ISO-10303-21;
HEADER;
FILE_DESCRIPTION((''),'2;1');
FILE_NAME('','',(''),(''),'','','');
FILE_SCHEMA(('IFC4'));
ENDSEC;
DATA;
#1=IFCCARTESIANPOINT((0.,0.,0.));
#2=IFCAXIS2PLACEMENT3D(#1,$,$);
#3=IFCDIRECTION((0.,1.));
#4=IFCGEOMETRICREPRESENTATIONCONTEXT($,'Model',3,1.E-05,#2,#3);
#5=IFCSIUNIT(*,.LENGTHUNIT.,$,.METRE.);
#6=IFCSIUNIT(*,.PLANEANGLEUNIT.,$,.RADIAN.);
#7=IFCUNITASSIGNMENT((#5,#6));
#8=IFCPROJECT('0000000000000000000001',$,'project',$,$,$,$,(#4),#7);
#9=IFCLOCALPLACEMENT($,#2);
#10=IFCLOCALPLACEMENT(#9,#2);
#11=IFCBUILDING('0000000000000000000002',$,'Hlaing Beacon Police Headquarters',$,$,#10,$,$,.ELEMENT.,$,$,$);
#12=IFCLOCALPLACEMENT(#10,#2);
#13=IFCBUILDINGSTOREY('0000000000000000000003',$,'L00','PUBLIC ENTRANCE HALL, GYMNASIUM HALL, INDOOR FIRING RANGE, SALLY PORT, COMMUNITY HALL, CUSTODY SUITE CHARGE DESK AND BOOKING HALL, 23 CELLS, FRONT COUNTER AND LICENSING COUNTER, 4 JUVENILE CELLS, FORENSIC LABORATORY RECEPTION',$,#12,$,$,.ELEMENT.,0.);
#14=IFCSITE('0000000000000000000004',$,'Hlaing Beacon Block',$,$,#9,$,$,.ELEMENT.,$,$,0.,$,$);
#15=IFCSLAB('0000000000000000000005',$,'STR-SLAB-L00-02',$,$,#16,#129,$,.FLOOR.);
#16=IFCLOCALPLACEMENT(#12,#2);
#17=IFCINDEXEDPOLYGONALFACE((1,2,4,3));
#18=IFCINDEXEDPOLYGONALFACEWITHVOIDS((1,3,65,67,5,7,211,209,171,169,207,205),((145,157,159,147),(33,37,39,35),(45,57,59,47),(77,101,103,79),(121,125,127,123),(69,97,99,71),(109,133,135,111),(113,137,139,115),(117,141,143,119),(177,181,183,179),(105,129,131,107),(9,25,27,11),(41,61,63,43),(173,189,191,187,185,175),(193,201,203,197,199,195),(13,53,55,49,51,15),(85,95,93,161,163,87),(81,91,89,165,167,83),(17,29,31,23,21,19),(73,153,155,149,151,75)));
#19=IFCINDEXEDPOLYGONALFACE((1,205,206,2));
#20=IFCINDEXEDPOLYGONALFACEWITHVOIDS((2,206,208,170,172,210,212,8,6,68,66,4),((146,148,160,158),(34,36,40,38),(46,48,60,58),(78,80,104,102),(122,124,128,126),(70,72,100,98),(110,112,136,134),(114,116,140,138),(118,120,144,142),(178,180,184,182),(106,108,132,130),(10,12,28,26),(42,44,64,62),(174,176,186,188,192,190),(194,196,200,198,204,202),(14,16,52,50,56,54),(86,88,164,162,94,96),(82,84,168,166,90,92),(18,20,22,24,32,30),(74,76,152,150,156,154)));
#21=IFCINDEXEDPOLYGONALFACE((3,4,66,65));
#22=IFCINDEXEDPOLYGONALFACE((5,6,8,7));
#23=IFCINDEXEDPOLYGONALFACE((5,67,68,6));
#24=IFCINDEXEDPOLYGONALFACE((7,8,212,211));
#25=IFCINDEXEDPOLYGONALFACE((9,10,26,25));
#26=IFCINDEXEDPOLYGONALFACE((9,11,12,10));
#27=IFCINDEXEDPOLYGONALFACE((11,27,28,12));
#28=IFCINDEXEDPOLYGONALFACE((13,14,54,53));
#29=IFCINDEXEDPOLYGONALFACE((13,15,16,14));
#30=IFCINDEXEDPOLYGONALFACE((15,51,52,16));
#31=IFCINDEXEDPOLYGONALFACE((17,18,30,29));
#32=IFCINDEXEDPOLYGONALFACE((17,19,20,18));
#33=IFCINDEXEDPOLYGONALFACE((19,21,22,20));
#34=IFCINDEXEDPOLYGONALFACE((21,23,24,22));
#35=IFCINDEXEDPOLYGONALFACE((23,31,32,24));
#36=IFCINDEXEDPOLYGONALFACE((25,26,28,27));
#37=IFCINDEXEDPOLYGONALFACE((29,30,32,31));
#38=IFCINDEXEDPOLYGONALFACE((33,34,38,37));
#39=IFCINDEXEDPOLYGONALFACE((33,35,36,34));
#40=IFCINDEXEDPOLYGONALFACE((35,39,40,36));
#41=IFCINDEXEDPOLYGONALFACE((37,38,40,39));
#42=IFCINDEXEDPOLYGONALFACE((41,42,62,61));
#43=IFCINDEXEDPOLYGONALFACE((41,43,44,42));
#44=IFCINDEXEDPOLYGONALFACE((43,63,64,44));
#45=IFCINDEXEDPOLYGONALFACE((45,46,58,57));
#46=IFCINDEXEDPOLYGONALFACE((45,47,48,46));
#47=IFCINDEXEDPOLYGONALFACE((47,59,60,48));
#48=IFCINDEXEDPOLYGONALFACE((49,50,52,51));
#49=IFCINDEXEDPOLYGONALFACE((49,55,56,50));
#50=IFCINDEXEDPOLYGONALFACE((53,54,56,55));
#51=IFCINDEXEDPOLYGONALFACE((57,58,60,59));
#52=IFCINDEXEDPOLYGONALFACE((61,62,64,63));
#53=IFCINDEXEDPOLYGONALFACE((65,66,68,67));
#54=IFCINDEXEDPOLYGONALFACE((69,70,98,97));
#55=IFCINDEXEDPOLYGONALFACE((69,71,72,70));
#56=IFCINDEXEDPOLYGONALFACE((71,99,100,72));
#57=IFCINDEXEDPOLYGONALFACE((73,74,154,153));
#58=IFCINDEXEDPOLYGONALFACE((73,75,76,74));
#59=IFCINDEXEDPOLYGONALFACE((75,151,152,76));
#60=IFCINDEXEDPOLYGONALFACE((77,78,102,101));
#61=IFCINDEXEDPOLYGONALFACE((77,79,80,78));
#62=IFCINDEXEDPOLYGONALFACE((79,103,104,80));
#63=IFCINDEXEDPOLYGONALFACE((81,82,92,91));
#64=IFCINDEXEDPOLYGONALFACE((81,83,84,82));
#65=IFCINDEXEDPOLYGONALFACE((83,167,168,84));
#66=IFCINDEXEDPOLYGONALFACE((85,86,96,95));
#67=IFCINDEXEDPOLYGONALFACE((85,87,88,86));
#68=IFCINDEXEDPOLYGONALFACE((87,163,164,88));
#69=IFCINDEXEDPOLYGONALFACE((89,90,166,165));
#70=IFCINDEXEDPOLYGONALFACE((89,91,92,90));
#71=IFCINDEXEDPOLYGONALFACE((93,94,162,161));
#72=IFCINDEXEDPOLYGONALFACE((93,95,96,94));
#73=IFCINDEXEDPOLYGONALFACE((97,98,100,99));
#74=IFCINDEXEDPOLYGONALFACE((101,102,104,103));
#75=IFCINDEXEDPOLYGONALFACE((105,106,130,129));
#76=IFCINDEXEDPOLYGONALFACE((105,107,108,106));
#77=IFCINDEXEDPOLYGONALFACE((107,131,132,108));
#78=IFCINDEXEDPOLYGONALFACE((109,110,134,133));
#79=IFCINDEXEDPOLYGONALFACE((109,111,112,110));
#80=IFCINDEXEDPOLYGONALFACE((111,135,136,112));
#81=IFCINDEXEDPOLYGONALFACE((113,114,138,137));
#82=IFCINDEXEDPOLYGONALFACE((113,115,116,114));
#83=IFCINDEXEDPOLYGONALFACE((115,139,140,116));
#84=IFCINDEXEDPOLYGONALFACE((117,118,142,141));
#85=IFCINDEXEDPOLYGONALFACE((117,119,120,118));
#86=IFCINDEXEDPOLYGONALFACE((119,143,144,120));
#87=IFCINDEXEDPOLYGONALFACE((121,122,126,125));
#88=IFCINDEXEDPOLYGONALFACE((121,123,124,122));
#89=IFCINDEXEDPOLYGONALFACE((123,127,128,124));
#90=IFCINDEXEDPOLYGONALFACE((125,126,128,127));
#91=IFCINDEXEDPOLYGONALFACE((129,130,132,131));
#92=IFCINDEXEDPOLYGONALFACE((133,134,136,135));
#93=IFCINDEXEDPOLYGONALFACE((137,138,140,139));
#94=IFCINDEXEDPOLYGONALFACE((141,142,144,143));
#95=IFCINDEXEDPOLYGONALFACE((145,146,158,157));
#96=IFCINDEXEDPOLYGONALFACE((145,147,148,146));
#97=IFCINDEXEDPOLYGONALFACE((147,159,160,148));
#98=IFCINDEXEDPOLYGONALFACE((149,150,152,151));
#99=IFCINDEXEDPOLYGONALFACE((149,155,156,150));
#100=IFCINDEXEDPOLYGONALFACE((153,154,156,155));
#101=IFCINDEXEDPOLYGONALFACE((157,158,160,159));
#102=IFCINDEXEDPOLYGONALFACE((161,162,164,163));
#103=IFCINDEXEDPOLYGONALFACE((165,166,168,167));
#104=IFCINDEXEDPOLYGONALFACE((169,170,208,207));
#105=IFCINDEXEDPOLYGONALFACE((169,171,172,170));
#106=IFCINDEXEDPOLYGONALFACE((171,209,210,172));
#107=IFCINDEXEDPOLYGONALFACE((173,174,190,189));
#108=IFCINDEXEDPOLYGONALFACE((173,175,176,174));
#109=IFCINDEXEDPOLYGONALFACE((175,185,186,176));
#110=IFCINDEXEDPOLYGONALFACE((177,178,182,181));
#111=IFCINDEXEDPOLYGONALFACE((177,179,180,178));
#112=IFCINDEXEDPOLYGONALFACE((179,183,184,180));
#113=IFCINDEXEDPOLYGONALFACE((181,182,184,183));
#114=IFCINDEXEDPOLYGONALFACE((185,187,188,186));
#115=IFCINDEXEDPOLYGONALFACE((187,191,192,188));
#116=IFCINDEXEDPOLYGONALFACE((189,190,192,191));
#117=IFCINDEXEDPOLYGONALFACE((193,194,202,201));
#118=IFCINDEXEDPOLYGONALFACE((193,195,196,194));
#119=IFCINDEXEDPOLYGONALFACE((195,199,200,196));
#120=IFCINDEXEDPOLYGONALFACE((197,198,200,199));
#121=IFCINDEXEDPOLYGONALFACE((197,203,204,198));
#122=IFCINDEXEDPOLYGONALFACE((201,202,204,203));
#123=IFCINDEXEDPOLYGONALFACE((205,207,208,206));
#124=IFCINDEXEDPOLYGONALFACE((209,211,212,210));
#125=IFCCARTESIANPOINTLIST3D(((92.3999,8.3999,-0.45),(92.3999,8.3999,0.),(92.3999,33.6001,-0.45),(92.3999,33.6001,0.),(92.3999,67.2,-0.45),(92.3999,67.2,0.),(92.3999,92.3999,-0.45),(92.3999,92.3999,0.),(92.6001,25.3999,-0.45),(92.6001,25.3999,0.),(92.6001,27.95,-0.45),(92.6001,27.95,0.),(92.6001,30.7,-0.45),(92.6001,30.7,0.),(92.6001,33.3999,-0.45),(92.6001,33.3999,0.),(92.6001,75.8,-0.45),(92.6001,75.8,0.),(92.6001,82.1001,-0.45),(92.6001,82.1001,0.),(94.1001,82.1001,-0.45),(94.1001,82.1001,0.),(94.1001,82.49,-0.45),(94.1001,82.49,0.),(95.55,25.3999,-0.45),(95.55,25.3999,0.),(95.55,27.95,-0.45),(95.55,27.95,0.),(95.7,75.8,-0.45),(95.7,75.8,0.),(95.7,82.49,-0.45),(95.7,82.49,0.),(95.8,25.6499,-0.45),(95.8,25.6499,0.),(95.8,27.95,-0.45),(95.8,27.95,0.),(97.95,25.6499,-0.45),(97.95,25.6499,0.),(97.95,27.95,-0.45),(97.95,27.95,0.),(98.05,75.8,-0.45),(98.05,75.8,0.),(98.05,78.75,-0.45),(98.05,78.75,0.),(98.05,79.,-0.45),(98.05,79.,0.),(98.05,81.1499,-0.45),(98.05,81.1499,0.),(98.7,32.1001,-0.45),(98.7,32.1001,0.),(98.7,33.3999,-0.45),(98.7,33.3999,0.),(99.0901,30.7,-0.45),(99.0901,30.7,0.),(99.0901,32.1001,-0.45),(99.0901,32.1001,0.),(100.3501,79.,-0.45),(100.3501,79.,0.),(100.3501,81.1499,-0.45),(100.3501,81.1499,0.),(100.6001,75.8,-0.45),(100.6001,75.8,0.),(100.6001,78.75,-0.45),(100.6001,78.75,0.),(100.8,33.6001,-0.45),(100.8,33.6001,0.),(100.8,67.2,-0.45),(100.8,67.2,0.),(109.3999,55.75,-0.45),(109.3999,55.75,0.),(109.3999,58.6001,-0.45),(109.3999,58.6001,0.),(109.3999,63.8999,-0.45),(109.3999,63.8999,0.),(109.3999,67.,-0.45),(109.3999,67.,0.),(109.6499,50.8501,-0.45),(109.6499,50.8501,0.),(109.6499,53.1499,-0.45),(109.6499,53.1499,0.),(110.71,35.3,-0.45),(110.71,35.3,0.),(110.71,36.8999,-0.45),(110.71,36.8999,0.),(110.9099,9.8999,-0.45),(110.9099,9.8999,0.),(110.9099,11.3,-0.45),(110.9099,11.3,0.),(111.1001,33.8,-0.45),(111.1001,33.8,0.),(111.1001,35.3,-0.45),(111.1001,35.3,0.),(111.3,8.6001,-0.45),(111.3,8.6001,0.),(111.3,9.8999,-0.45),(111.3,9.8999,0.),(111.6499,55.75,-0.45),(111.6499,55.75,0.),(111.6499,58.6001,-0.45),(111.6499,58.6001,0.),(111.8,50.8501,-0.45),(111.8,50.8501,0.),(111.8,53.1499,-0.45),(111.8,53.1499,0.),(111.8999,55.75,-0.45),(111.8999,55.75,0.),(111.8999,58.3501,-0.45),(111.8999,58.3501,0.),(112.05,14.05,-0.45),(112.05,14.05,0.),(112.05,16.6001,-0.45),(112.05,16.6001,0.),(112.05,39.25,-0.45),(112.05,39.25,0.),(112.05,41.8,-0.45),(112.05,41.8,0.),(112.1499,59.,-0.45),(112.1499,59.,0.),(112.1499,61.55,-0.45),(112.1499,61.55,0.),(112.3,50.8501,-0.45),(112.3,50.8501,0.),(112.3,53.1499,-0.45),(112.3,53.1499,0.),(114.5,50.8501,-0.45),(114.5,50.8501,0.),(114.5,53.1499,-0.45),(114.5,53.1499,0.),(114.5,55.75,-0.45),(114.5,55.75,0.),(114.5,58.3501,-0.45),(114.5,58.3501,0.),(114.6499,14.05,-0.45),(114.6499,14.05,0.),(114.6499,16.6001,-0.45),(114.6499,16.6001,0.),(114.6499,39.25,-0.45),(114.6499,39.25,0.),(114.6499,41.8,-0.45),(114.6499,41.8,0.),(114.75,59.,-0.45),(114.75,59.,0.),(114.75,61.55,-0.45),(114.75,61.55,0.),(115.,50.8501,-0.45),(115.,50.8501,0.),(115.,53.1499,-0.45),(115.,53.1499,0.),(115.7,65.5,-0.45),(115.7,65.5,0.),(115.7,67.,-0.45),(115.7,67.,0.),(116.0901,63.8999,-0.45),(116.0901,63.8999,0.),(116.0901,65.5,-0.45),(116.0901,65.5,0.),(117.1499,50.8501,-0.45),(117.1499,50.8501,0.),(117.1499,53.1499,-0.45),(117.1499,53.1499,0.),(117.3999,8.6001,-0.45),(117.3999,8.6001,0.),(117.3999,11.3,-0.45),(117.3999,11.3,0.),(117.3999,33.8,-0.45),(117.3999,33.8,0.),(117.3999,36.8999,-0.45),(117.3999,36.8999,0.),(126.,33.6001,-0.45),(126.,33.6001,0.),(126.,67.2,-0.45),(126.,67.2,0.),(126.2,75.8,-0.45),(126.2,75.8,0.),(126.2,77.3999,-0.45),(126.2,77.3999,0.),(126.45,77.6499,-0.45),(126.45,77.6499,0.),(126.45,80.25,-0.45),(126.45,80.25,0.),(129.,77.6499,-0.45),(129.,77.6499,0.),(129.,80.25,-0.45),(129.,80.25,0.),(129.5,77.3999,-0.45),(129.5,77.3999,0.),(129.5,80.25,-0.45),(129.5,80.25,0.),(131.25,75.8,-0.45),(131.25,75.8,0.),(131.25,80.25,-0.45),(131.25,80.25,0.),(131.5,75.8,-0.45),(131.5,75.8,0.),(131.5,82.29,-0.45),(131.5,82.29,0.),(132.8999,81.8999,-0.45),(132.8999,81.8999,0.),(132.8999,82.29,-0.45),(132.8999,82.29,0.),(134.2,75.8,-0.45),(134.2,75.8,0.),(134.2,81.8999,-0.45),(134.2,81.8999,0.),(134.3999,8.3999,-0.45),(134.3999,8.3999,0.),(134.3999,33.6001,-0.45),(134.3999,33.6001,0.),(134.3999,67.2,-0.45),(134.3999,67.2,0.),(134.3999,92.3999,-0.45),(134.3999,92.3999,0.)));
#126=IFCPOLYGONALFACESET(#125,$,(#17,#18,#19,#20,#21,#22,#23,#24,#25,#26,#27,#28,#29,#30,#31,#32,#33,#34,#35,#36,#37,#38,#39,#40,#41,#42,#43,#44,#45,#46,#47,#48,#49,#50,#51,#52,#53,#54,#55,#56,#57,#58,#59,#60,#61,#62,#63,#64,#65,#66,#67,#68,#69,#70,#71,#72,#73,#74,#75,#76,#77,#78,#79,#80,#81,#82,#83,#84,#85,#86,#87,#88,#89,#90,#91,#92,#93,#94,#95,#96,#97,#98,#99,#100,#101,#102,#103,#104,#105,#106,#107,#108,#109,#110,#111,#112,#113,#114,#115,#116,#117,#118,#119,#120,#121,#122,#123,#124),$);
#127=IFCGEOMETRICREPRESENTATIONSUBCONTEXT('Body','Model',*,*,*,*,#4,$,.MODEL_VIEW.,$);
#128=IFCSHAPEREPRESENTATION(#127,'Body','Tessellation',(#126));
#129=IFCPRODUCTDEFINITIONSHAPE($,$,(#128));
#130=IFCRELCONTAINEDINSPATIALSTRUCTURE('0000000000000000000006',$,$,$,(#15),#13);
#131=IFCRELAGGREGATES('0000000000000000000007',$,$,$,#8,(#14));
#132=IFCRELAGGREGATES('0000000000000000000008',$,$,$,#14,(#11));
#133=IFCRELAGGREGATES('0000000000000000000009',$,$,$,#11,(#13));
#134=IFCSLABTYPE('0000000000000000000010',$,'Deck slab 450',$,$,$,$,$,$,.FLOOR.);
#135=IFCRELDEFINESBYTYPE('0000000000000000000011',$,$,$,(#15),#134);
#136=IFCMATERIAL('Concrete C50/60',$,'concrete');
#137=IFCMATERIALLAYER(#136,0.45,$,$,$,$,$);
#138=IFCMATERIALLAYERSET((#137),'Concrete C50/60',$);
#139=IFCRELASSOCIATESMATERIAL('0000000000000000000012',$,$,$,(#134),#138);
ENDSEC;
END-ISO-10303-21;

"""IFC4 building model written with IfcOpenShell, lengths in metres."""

from ifc_helpers import new_model, si_unit, direction, frame, origin, place, context, subcontext, project, spatial, polyline, outline, extrude, material, layer, layer_set, type_object, element, save


model = new_model("IFC4")

# Units and contexts
model_context = context("Model", 3, precision=1e-05, world=origin(), true_north=direction((0.0, 1.0)))
body_context = subcontext(model_context, "Body", "Model", "MODEL_VIEW")
ifc_project = project(units=[si_unit("LENGTHUNIT", "METRE"), si_unit("PLANEANGLEUNIT", "RADIAN")], contexts=[model_context])

# Site, building, storey
site_placement = place(None, origin())
site = spatial("IfcSite", under=ifc_project, at=site_placement, Name="Hlaing Beacon Block", CompositionType="ELEMENT", RefElevation=0.0)
building_placement = place(site_placement, origin())
building = spatial("IfcBuilding", under=site, at=building_placement, Name="Hlaing Beacon Police Headquarters", CompositionType="ELEMENT")
storey_placement = place(building_placement, origin())
storey = spatial("IfcBuildingStorey", under=building, at=storey_placement, Name="L00", Description="PUBLIC ENTRANCE HALL, GYMNASIUM HALL, INDOOR FIRING RANGE, SALLY PORT, COMMUNITY HALL, CUSTODY SUITE CHARGE DESK AND BOOKING HALL, 23 CELLS, FRONT COUNTER AND LICENSING COUNTER, 4 JUVENILE CELLS, FORENSIC LABORATORY RECEPTION", CompositionType="ELEMENT", Elevation=0.0)

# Slab
ifc_material_1 = material(Name="Concrete C50/60", Category="concrete")
ifc_layer_1 = layer(ifc_material_1, 0.45)
ifc_layer_set_1 = layer_set([ifc_layer_1], Name="Concrete C50/60")
slab_type_1 = type_object("IfcSlabType", Name="Deck slab 450", PredefinedType="FLOOR", material=ifc_layer_set_1)
slab_1_placement = place(storey_placement, frame((0.0, 0.0, -0.45)))
element("IfcSlab", 1, at=slab_1_placement, inside=storey, type_object=slab_type_1, Name="STR-SLAB-L00-02", PredefinedType="FLOOR", context=body_context, shape_type="SweptSolid", body=[
    extrude(outline(polyline([(92.3999, 8.3999), (134.3999, 8.3999), (134.3999, 33.6001), (126.0, 33.6001), (126.0, 67.2), (134.3999, 67.2), (134.3999, 92.3999), (92.3999, 92.3999), (92.3999, 67.2), (100.8, 67.2), (100.8, 33.6001), (92.3999, 33.6001), (92.3999, 8.3999)]), holes=[polyline([(92.6001, 25.3999), (95.55, 25.3999), (95.55, 27.95), (92.6001, 27.95), (92.6001, 25.3999)]), polyline([(92.6001, 30.7), (99.0901, 30.7), (99.0901, 32.1001), (98.7, 32.1001), (98.7, 33.3999), (92.6001, 33.3999), (92.6001, 30.7)]), polyline([(92.6001, 75.8), (95.7, 75.8), (95.7, 82.49), (94.1001, 82.49), (94.1001, 82.1001), (92.6001, 82.1001), (92.6001, 75.8)]), polyline([(95.8, 25.6499), (97.95, 25.6499), (97.95, 27.95), (95.8, 27.95), (95.8, 25.6499)]), polyline([(98.05, 75.8), (100.6001, 75.8), (100.6001, 78.75), (98.05, 78.75), (98.05, 75.8)]), polyline([(98.05, 79.0), (100.3501, 79.0), (100.3501, 81.1499), (98.05, 81.1499), (98.05, 79.0)]), polyline([(109.3999, 55.75), (111.6499, 55.75), (111.6499, 58.6001), (109.3999, 58.6001), (109.3999, 55.75)]), polyline([(109.3999, 63.8999), (116.0901, 63.8999), (116.0901, 65.5), (115.7, 65.5), (115.7, 67.0), (109.3999, 67.0), (109.3999, 63.8999)]), polyline([(109.6499, 50.8501), (111.8, 50.8501), (111.8, 53.1499), (109.6499, 53.1499), (109.6499, 50.8501)]), polyline([(111.1001, 33.8), (117.3999, 33.8), (117.3999, 36.8999), (110.71, 36.8999), (110.71, 35.3), (111.1001, 35.3), (111.1001, 33.8)]), polyline([(111.3, 8.6001), (117.3999, 8.6001), (117.3999, 11.3), (110.9099, 11.3), (110.9099, 9.8999), (111.3, 9.8999), (111.3, 8.6001)]), polyline([(111.8999, 55.75), (114.5, 55.75), (114.5, 58.3501), (111.8999, 58.3501), (111.8999, 55.75)]), polyline([(112.05, 14.05), (114.6499, 14.05), (114.6499, 16.6001), (112.05, 16.6001), (112.05, 14.05)]), polyline([(112.05, 39.25), (114.6499, 39.25), (114.6499, 41.8), (112.05, 41.8), (112.05, 39.25)]), polyline([(112.1499, 59.0), (114.75, 59.0), (114.75, 61.55), (112.1499, 61.55), (112.1499, 59.0)]), polyline([(112.3, 50.8501), (114.5, 50.8501), (114.5, 53.1499), (112.3, 53.1499), (112.3, 50.8501)]), polyline([(115.0, 50.8501), (117.1499, 50.8501), (117.1499, 53.1499), (115.0, 53.1499), (115.0, 50.8501)]), polyline([(126.2, 75.8), (131.25, 75.8), (131.25, 80.25), (129.5, 80.25), (129.5, 77.3999), (126.2, 77.3999), (126.2, 75.8)]), polyline([(126.45, 77.6499), (129.0, 77.6499), (129.0, 80.25), (126.45, 80.25), (126.45, 77.6499)]), polyline([(131.5, 75.8), (134.2, 75.8), (134.2, 81.8999), (132.8999, 81.8999), (132.8999, 82.29), (131.5, 82.29), (131.5, 75.8)])]), origin(), (0.0, 0.0, 1.0), 0.45),
])

save(model, "model.ifc")
